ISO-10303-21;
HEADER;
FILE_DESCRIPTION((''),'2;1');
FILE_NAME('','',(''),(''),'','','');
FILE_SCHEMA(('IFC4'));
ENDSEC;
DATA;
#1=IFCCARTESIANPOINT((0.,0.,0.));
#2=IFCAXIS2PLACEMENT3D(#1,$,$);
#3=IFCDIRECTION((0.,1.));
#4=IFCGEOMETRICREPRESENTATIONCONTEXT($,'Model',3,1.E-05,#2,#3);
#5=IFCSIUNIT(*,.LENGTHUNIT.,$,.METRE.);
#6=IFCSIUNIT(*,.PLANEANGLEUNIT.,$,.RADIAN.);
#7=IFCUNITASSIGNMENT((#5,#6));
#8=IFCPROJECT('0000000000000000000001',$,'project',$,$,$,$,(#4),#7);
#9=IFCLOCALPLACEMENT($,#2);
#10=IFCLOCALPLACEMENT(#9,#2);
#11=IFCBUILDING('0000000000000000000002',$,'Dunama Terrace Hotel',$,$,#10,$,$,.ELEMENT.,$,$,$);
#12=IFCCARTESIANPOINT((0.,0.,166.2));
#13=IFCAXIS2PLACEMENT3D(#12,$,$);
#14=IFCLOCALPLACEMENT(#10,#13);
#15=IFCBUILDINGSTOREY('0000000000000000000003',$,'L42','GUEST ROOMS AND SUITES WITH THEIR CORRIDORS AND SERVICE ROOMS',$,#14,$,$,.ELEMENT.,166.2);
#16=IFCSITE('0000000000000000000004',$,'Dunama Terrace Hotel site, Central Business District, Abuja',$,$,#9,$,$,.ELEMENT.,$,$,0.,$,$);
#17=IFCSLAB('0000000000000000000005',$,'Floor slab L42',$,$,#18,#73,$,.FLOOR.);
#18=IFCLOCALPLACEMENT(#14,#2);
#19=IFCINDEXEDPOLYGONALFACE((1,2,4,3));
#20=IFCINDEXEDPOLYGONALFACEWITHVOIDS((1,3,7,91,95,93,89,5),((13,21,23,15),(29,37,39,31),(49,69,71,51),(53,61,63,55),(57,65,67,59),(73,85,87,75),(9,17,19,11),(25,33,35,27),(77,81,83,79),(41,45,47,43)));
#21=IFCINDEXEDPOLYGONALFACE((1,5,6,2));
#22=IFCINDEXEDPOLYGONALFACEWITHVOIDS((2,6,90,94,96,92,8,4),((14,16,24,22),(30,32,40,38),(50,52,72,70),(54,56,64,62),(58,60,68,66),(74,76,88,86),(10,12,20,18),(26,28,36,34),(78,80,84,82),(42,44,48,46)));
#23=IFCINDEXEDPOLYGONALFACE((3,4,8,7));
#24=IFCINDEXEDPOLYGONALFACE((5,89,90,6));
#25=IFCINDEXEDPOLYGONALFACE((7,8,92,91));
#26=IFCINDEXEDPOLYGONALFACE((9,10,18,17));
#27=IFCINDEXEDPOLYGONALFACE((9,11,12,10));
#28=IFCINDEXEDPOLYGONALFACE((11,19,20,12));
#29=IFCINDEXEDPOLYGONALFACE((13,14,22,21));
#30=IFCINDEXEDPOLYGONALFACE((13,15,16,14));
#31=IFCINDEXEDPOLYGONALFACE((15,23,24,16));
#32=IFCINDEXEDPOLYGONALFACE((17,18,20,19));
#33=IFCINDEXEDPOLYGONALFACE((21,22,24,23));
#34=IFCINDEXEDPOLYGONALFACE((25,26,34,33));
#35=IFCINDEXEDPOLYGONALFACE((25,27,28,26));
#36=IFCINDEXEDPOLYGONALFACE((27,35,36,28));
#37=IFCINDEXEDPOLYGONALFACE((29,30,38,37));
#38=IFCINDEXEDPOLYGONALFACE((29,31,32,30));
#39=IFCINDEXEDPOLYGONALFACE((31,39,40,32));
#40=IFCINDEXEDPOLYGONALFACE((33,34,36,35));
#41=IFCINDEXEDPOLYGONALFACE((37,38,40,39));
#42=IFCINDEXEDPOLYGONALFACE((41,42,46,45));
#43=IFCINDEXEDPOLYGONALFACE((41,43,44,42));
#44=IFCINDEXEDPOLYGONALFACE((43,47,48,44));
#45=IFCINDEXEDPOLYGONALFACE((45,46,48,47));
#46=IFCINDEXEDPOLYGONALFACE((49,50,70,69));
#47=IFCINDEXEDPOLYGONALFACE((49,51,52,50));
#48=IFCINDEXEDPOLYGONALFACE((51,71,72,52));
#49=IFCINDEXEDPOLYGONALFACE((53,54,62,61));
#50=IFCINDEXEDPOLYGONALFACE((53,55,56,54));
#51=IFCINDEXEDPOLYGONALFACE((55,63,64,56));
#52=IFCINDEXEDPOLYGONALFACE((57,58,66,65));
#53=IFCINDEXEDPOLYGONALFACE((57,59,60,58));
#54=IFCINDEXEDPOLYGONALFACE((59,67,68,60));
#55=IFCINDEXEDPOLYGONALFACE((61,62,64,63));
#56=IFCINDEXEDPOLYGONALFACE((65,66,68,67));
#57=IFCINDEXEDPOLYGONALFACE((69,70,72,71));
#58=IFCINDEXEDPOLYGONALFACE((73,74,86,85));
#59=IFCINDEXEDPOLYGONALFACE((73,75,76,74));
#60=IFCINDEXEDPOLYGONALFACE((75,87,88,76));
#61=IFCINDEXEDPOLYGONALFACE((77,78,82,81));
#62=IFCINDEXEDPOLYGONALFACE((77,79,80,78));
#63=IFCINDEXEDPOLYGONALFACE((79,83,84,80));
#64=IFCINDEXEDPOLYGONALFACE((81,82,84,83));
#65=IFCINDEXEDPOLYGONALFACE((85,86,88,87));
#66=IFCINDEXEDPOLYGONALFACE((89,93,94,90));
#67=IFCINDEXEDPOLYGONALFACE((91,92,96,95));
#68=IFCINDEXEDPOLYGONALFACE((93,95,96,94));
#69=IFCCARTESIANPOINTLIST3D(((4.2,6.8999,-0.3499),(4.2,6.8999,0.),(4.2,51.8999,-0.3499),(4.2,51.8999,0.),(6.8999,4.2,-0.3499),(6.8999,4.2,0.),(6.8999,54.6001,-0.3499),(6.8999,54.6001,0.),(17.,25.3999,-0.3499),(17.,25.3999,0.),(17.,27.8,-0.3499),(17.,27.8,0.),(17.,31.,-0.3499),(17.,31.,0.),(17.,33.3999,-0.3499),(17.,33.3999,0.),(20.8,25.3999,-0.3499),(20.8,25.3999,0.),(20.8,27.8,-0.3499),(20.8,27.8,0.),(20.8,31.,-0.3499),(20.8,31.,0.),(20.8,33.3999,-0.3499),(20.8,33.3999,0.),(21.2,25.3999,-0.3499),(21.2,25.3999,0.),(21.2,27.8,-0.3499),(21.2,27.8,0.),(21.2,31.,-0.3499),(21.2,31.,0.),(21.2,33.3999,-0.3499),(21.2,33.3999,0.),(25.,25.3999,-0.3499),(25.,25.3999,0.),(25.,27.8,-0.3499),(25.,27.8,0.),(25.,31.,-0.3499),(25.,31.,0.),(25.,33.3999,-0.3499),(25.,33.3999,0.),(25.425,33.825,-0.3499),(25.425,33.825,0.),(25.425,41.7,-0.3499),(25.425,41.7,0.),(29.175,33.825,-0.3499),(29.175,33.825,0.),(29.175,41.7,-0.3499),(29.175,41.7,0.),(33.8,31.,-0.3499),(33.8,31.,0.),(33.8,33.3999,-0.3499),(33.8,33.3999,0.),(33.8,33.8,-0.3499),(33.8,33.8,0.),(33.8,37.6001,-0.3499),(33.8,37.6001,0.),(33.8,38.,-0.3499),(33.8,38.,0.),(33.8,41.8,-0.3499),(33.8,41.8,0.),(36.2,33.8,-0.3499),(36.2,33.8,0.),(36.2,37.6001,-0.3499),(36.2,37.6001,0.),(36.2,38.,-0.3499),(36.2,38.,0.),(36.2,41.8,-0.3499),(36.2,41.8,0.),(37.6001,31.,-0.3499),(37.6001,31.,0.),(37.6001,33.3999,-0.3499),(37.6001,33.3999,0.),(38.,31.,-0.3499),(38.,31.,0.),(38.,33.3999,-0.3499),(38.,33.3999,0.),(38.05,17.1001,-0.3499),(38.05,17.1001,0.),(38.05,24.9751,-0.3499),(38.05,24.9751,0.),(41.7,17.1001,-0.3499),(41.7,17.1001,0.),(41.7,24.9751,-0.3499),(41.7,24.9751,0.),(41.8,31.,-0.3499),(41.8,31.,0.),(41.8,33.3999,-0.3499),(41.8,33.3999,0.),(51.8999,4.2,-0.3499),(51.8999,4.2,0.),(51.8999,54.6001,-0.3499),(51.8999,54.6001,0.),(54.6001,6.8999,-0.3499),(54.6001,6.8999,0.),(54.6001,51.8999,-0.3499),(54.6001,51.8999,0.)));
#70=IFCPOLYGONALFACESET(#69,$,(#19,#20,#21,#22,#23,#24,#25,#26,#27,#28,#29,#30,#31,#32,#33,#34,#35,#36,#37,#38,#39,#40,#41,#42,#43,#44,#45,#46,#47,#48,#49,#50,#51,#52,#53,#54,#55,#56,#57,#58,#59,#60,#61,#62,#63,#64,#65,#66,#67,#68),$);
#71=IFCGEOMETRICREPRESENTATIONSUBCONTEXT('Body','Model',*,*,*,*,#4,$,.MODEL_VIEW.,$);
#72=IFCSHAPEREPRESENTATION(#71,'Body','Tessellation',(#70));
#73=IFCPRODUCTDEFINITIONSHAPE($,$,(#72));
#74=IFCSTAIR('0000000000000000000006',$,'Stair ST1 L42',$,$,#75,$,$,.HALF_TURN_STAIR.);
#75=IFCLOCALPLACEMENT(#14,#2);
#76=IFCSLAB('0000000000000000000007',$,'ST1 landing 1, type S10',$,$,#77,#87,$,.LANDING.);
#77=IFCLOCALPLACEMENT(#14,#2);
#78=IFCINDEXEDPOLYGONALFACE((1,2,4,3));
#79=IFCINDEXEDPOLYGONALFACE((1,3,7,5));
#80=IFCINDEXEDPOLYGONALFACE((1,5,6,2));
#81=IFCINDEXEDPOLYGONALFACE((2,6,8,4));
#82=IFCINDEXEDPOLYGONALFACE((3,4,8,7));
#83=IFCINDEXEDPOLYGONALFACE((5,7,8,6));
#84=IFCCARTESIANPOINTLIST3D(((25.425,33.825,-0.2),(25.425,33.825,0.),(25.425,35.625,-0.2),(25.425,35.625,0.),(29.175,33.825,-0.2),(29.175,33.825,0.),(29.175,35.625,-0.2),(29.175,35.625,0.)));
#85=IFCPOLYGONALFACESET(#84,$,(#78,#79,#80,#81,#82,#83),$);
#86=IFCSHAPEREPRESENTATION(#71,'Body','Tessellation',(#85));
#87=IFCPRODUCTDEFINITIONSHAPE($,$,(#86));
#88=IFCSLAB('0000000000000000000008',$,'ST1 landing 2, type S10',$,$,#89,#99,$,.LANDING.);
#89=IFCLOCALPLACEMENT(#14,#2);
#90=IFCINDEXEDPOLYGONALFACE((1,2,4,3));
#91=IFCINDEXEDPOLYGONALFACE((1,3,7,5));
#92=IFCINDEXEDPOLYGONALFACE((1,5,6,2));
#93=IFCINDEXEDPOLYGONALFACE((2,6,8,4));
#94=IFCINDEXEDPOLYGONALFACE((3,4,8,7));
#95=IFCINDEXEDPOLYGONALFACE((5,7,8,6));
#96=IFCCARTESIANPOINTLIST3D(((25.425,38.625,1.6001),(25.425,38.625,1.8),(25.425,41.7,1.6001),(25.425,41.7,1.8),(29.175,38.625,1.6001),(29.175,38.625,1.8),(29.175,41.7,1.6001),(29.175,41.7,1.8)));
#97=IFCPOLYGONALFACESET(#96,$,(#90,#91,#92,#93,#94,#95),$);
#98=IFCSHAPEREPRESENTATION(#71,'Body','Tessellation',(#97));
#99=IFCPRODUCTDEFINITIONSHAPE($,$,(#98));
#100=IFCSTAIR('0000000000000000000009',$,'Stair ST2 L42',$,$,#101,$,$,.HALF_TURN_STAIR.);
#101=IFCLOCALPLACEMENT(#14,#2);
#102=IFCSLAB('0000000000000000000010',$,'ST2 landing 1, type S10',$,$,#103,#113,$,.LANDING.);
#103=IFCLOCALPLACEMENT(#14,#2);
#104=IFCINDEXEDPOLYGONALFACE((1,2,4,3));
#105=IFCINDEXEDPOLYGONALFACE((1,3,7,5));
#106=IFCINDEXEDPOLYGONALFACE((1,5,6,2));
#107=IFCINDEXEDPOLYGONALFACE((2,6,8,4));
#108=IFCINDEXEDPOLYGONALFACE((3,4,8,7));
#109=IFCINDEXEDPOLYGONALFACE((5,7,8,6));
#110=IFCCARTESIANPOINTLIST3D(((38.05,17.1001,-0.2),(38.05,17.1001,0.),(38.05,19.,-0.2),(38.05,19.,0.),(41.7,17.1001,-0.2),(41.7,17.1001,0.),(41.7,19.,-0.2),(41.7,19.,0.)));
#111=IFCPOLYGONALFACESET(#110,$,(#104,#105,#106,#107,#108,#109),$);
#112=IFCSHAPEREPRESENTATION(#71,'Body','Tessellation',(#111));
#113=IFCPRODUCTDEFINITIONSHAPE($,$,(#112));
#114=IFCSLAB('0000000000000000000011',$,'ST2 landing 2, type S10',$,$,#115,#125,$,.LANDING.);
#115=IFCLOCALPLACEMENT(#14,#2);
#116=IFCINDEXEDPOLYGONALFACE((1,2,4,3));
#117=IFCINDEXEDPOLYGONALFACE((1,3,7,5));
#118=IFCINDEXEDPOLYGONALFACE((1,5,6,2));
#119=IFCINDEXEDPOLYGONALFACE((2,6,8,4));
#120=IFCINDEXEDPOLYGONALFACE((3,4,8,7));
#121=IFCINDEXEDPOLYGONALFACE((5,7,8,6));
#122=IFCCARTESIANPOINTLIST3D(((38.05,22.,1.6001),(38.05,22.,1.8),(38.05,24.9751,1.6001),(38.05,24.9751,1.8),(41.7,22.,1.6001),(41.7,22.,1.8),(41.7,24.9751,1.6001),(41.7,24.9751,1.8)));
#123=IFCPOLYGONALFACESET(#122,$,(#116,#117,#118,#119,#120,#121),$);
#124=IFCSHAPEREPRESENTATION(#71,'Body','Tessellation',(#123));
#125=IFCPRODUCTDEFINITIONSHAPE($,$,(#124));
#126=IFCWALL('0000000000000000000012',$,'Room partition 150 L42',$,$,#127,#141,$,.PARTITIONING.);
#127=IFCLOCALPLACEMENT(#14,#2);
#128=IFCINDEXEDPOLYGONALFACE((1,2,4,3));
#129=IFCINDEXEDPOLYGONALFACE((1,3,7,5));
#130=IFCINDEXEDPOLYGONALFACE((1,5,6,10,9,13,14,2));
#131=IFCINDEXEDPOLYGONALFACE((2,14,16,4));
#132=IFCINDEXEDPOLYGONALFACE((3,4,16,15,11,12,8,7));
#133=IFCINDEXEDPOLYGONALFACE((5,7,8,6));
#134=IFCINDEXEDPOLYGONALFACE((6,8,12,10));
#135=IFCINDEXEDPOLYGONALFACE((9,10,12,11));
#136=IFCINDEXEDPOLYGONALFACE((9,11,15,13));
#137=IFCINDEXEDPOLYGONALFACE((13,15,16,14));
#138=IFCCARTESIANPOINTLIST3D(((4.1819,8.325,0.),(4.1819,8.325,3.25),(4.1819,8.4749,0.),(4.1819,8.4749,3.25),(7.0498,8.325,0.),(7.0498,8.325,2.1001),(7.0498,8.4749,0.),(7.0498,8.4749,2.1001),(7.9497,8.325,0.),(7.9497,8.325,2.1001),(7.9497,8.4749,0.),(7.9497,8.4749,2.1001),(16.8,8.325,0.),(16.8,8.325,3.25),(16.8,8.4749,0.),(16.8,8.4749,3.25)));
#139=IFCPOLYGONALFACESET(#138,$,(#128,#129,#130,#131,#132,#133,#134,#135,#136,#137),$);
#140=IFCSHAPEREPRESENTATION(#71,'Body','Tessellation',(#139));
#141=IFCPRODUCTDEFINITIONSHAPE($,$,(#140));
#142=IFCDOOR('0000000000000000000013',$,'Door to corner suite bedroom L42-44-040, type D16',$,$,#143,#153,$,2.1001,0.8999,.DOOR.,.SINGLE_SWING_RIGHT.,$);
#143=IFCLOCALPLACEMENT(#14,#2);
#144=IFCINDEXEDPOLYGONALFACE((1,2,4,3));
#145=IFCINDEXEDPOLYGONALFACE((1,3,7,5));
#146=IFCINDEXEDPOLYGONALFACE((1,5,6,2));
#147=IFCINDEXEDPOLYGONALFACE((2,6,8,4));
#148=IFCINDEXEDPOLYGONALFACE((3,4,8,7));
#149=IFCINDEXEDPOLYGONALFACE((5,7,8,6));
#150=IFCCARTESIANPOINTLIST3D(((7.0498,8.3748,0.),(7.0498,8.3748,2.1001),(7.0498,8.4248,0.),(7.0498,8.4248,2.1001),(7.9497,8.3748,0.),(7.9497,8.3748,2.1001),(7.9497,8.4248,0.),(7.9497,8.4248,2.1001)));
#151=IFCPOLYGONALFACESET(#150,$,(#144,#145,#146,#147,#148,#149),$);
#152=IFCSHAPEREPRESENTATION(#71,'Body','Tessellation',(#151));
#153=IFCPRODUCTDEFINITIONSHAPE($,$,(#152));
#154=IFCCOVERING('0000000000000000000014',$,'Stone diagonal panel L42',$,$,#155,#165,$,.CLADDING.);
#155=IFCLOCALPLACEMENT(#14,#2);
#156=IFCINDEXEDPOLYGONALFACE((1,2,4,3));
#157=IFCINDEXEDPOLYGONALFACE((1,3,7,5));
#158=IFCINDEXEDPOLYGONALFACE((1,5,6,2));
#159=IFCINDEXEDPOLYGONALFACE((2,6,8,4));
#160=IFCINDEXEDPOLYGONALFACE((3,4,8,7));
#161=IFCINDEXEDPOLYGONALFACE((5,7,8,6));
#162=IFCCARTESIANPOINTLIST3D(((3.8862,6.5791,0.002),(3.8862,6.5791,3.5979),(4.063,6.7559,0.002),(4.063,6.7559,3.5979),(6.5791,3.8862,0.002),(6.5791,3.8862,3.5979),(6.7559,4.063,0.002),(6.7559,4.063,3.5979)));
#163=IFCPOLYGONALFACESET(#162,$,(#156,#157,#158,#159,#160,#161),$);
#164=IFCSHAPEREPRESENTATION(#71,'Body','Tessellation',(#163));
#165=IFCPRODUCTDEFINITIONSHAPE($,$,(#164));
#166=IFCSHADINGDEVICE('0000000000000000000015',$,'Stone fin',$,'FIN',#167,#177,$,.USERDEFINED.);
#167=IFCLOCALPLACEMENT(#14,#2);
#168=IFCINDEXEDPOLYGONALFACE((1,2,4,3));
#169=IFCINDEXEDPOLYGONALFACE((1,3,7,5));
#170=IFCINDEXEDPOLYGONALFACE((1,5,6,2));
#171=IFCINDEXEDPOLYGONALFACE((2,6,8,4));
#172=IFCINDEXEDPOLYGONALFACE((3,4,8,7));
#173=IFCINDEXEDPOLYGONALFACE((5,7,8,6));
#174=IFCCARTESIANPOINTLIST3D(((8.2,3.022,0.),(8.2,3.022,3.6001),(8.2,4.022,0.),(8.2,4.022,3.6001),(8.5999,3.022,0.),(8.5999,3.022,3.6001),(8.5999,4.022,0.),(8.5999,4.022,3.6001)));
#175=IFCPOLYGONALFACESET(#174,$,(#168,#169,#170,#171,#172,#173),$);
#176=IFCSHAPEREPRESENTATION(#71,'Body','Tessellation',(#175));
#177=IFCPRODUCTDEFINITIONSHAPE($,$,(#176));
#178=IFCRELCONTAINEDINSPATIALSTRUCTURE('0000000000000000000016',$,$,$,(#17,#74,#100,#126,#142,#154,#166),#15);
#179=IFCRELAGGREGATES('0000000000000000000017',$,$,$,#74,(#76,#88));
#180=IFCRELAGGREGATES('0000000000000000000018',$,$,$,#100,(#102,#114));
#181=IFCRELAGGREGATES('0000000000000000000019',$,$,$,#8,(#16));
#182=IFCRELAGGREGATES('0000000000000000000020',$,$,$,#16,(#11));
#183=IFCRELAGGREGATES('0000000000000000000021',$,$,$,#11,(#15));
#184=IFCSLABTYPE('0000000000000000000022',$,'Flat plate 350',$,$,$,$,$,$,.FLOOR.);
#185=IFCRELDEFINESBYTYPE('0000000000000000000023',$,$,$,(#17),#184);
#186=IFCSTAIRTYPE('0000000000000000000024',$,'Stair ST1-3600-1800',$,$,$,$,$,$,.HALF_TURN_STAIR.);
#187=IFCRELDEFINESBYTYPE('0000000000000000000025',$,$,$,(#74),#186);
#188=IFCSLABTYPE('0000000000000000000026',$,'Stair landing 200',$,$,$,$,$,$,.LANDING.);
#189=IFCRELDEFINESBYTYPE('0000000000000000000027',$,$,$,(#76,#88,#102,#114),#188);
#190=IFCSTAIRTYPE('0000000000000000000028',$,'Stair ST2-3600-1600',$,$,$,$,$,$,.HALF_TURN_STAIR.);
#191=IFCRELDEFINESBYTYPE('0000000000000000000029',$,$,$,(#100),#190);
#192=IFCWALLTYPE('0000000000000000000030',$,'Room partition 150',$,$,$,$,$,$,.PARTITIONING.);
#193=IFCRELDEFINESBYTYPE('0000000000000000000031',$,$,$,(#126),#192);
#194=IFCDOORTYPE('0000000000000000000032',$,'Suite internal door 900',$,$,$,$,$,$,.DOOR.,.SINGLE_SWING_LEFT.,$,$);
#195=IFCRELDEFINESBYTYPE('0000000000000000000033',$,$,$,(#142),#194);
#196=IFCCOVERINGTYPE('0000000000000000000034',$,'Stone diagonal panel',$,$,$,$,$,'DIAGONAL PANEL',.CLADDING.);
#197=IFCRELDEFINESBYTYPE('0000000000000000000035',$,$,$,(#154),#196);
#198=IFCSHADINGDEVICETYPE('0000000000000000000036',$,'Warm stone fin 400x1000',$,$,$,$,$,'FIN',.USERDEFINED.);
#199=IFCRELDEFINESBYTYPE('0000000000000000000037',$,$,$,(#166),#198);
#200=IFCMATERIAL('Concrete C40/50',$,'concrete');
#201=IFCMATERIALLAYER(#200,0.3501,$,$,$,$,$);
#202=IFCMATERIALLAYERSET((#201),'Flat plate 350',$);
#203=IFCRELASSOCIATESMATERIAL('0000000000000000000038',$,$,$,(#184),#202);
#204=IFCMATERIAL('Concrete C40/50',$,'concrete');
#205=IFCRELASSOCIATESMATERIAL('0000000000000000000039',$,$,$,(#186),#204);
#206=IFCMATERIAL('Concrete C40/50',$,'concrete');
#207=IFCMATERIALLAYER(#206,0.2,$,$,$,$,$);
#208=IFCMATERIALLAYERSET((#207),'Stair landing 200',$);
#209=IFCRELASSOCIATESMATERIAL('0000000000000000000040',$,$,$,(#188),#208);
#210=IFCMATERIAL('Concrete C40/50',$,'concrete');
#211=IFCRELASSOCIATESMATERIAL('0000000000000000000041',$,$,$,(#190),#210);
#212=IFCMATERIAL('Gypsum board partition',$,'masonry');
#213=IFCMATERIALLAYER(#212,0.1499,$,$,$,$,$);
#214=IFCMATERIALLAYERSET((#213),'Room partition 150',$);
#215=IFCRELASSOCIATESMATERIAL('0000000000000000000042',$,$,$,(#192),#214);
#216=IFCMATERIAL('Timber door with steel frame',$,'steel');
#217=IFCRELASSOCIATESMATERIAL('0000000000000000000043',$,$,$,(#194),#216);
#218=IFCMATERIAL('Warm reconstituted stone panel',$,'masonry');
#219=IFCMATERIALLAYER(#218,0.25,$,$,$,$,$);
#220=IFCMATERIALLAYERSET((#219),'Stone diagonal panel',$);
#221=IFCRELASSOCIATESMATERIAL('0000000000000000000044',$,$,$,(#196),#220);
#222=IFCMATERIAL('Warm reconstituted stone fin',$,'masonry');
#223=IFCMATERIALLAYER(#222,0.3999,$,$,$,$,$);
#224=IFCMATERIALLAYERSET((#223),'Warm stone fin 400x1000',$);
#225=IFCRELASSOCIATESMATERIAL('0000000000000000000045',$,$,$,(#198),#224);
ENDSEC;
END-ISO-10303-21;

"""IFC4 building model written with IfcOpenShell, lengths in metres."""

from ifc_helpers import new_model, si_unit, direction, frame, frame_2d, origin, origin_2d, place, context, subcontext, project, spatial, polyline, rectangle, outline, extrude, material, layer, layer_set, type_object, element, fill, aggregate, save


model = new_model("IFC4")

# Units and contexts
model_context = context("Model", 3, precision=1e-05, world=origin(), true_north=direction((0.0, 1.0)))
body_context = subcontext(model_context, "Body", "Model", "MODEL_VIEW")
ifc_project = project(units=[si_unit("LENGTHUNIT", "METRE"), si_unit("PLANEANGLEUNIT", "RADIAN")], contexts=[model_context])

# Site, building, storey
site_placement = place(None, origin())
site = spatial("IfcSite", under=ifc_project, at=site_placement, Name="Dunama Terrace Hotel site, Central Business District, Abuja", CompositionType="ELEMENT", RefElevation=0.0)
building_placement = place(site_placement, origin())
building = spatial("IfcBuilding", under=site, at=building_placement, Name="Dunama Terrace Hotel", CompositionType="ELEMENT")
storey_placement = place(building_placement, frame((0.0, 0.0, 166.2)))
storey = spatial("IfcBuildingStorey", under=building, at=storey_placement, Name="L42", Description="GUEST ROOMS AND SUITES WITH THEIR CORRIDORS AND SERVICE ROOMS", CompositionType="ELEMENT", Elevation=166.2)

# Slab
ifc_material_1 = material(Name="Concrete C40/50", Category="concrete")
ifc_layer_1 = layer(ifc_material_1, 0.3501)
ifc_layer_set_1 = layer_set([ifc_layer_1], Name="Flat plate 350")
slab_type_1 = type_object("IfcSlabType", Name="Flat plate 350", PredefinedType="FLOOR", material=ifc_layer_set_1)
slab_1_placement = place(storey_placement, frame((0.0, 0.0, -0.3499)))
element("IfcSlab", 1, at=slab_1_placement, inside=storey, type_object=slab_type_1, Name="Floor slab L42", PredefinedType="FLOOR", context=body_context, shape_type="SweptSolid", body=[
    extrude(outline(polyline([(6.8999, 4.2), (51.8999, 4.2), (54.6001, 6.8999), (54.6001, 51.8999), (51.8999, 54.6001), (6.8999, 54.6001), (4.2, 51.8999), (4.2, 6.8999), (6.8999, 4.2)]), holes=[polyline([(20.8, 25.3999), (20.8, 27.8), (17.0, 27.8), (17.0, 25.3999), (20.8, 25.3999)]), polyline([(25.0, 25.3999), (25.0, 27.8), (21.2, 27.8), (21.2, 25.3999), (25.0, 25.3999)]), polyline([(20.8, 31.0), (20.8, 33.3999), (17.0, 33.3999), (17.0, 31.0), (20.8, 31.0)]), polyline([(25.0, 31.0), (25.0, 33.3999), (21.2, 33.3999), (21.2, 31.0), (25.0, 31.0)]), polyline([(37.6001, 31.0), (37.6001, 33.3999), (33.8, 33.3999), (33.8, 31.0), (37.6001, 31.0)]), polyline([(41.8, 31.0), (41.8, 33.3999), (38.0, 33.3999), (38.0, 31.0), (41.8, 31.0)]), polyline([(36.2, 38.0), (36.2, 41.8), (33.8, 41.8), (33.8, 38.0), (36.2, 38.0)]), polyline([(36.2, 33.8), (36.2, 37.6001), (33.8, 37.6001), (33.8, 33.8), (36.2, 33.8)]), polyline([(29.175, 33.825), (29.175, 41.7), (25.425, 41.7), (25.425, 33.825), (29.175, 33.825)]), polyline([(41.7, 17.1001), (41.7, 24.9751), (38.05, 24.9751), (38.05, 17.1001), (41.7, 17.1001)])]), origin(), (0.0, 0.0, 1.0), 0.3499),
])

# Stairs, slabs
ifc_material_2 = material(Name="Concrete C40/50", Category="concrete")
stair_type_1 = type_object("IfcStairType", Name="Stair ST1-3600-1800", PredefinedType="HALF_TURN_STAIR", material=ifc_material_2)
stair_1_placement = place(storey_placement, origin())
stair_1 = element("IfcStair", 2, at=stair_1_placement, inside=storey, type_object=stair_type_1, Name="Stair ST1 L42", PredefinedType="HALF_TURN_STAIR")
ifc_material_3 = material(Name="Concrete C40/50", Category="concrete")
ifc_layer_2 = layer(ifc_material_3, 0.2)
ifc_layer_set_2 = layer_set([ifc_layer_2], Name="Stair landing 200")
slab_type_2 = type_object("IfcSlabType", Name="Stair landing 200", PredefinedType="LANDING", material=ifc_layer_set_2)
slab_2_placement = place(storey_placement, frame((0.0, 0.0, -0.2)))
slab_2 = element("IfcSlab", 3, at=slab_2_placement, type_object=slab_type_2, Name="ST1 landing 1, type S10", PredefinedType="LANDING", context=body_context, shape_type="SweptSolid", body=[
    extrude(outline(polyline([(25.425, 33.825), (29.175, 33.825), (29.175, 35.625), (25.425, 35.625), (25.425, 33.825)])), origin(), (0.0, 0.0, 1.0), 0.2),
])
slab_3_placement = place(storey_placement, frame((0.0, 0.0, 1.6001)))
slab_3 = element("IfcSlab", 4, at=slab_3_placement, type_object=slab_type_2, Name="ST1 landing 2, type S10", PredefinedType="LANDING", context=body_context, shape_type="SweptSolid", body=[
    extrude(outline(polyline([(25.425, 38.625), (29.175, 38.625), (29.175, 41.7), (25.425, 41.7), (25.425, 38.625)])), origin(), (0.0, 0.0, 1.0), 0.2),
])
aggregate(stair_1, [slab_2, slab_3])
ifc_material_4 = material(Name="Concrete C40/50", Category="concrete")
stair_type_2 = type_object("IfcStairType", Name="Stair ST2-3600-1600", PredefinedType="HALF_TURN_STAIR", material=ifc_material_4)
stair_2_placement = place(storey_placement, origin())
stair_2 = element("IfcStair", 5, at=stair_2_placement, inside=storey, type_object=stair_type_2, Name="Stair ST2 L42", PredefinedType="HALF_TURN_STAIR")
slab_4_placement = place(storey_placement, frame((0.0, 0.0, -0.2)))
slab_4 = element("IfcSlab", 6, at=slab_4_placement, type_object=slab_type_2, Name="ST2 landing 1, type S10", PredefinedType="LANDING", context=body_context, shape_type="SweptSolid", body=[
    extrude(outline(polyline([(38.05, 17.1001), (41.7, 17.1001), (41.7, 19.0), (38.05, 19.0), (38.05, 17.1001)])), origin(), (0.0, 0.0, 1.0), 0.2),
])
slab_5_placement = place(storey_placement, frame((0.0, 0.0, 1.6001)))
slab_5 = element("IfcSlab", 7, at=slab_5_placement, type_object=slab_type_2, Name="ST2 landing 2, type S10", PredefinedType="LANDING", context=body_context, shape_type="SweptSolid", body=[
    extrude(outline(polyline([(38.05, 22.0), (41.7, 22.0), (41.7, 24.9751), (38.05, 24.9751), (38.05, 22.0)])), origin(), (0.0, 0.0, 1.0), 0.2),
])
aggregate(stair_2, [slab_4, slab_5])

# Wall, opening, door
ifc_material_5 = material(Name="Gypsum board partition", Category="masonry")
ifc_layer_3 = layer(ifc_material_5, 0.1499)
ifc_layer_set_3 = layer_set([ifc_layer_3], Name="Room partition 150")
wall_type = type_object("IfcWallType", Name="Room partition 150", PredefinedType="PARTITIONING", material=ifc_layer_set_3)
wall_placement = place(storey_placement, frame((4.1819, 8.3999, 0.0), z_axis=(0.0, 0.0, 1.0), x_axis=(1.0, 0.0, 0.0)))
wall = element("IfcWall", 8, at=wall_placement, inside=storey, type_object=wall_type, Name="Room partition 150 L42", PredefinedType="PARTITIONING", context=body_context, shape_type="SweptSolid", body=[
    extrude(rectangle(XDim=12.6182, YDim=0.1499, at=frame_2d((6.3091, 0.0))), origin(), (0.0, 0.0, 1.0), 3.25),
])
opening_placement = place(wall_placement, frame((2.8679, 0.0, 0.0)))
opening = element("IfcOpeningElement", 9, at=opening_placement, cuts=wall, PredefinedType="OPENING", context=body_context, shape_type="SweptSolid", body=[
    extrude(rectangle(XDim=0.8999, YDim=2.1001, at=frame_2d((0.45, 1.05))), frame((0.0, 0.085, 0.0), z_axis=(0.0, -1.0, 0.0), x_axis=(1.0, 0.0, 0.0)), (0.0, 0.0, 1.0), 0.1699),
])
ifc_material_6 = material(Name="Timber door with steel frame", Category="steel")
door_type = type_object("IfcDoorType", Name="Suite internal door 900", OperationType="SINGLE_SWING_LEFT", PredefinedType="DOOR", material=ifc_material_6)
door_placement = place(opening_placement, frame((0.8999, 0.0, 0.0), z_axis=(0.0, 0.0, 1.0), x_axis=(-1.0, 0.0, 0.0)))
door = element("IfcDoor", 10, at=door_placement, inside=storey, type_object=door_type, Name="Door to corner suite bedroom L42-44-040, type D16", OperationType="SINGLE_SWING_RIGHT", OverallHeight=2.1001, OverallWidth=0.8999, PredefinedType="DOOR", context=body_context, shape_type="SweptSolid", body=[
    extrude(rectangle(XDim=0.8999, YDim=2.1001, at=frame_2d((0.45, 1.05))), frame((0.0, 0.0251, 0.0), z_axis=(0.0, -1.0, 0.0), x_axis=(1.0, 0.0, 0.0)), (0.0, 0.0, 1.0), 0.05),
])
fill(opening, door)

# Covering
ifc_material_7 = material(Name="Warm reconstituted stone panel", Category="masonry")
ifc_layer_4 = layer(ifc_material_7, 0.25)
ifc_layer_set_4 = layer_set([ifc_layer_4], Name="Stone diagonal panel")
covering_type = type_object("IfcCoveringType", Name="Stone diagonal panel", ElementType="DIAGONAL PANEL", PredefinedType="CLADDING", material=ifc_layer_set_4)
covering_placement = place(storey_placement, frame((5.321, 5.321, 0.002), z_axis=(0.0, 0.0, 1.0), x_axis=(0.707107, -0.707107, 0.0)))
element("IfcCovering", 11, at=covering_placement, inside=storey, type_object=covering_type, Name="Stone diagonal panel L42", PredefinedType="CLADDING", context=body_context, shape_type="SweptSolid", body=[
    extrude(rectangle(XDim=3.8083, YDim=0.25, at=origin_2d()), origin(), (0.0, 0.0, 1.0), 3.5959),
])

# Shading device
ifc_material_8 = material(Name="Warm reconstituted stone fin", Category="masonry")
ifc_layer_5 = layer(ifc_material_8, 0.3999)
ifc_layer_set_5 = layer_set([ifc_layer_5], Name="Warm stone fin 400x1000")
shading_device_type = type_object("IfcShadingDeviceType", Name="Warm stone fin 400x1000", ElementType="FIN", PredefinedType="USERDEFINED", material=ifc_layer_set_5)
for number, where, z_axis, x_axis, name in (
    (12, (8.3999, 3.522, 0.0), (0.0, 0.0, 1.0), (1.0, 0.0, 0.0), "Stone fin"),
):
    element("IfcShadingDevice", number, at=place(storey_placement, frame(where, z_axis=z_axis, x_axis=x_axis)), inside=storey, type_object=shading_device_type, Name=name, ObjectType="FIN", PredefinedType="USERDEFINED", context=body_context, shape_type="SweptSolid", body=[
        extrude(rectangle(XDim=0.3999, YDim=1.0, at=origin_2d()), origin(), (0.0, 0.0, 1.0), 3.6001),
    ])

save(model, "model.ifc")
